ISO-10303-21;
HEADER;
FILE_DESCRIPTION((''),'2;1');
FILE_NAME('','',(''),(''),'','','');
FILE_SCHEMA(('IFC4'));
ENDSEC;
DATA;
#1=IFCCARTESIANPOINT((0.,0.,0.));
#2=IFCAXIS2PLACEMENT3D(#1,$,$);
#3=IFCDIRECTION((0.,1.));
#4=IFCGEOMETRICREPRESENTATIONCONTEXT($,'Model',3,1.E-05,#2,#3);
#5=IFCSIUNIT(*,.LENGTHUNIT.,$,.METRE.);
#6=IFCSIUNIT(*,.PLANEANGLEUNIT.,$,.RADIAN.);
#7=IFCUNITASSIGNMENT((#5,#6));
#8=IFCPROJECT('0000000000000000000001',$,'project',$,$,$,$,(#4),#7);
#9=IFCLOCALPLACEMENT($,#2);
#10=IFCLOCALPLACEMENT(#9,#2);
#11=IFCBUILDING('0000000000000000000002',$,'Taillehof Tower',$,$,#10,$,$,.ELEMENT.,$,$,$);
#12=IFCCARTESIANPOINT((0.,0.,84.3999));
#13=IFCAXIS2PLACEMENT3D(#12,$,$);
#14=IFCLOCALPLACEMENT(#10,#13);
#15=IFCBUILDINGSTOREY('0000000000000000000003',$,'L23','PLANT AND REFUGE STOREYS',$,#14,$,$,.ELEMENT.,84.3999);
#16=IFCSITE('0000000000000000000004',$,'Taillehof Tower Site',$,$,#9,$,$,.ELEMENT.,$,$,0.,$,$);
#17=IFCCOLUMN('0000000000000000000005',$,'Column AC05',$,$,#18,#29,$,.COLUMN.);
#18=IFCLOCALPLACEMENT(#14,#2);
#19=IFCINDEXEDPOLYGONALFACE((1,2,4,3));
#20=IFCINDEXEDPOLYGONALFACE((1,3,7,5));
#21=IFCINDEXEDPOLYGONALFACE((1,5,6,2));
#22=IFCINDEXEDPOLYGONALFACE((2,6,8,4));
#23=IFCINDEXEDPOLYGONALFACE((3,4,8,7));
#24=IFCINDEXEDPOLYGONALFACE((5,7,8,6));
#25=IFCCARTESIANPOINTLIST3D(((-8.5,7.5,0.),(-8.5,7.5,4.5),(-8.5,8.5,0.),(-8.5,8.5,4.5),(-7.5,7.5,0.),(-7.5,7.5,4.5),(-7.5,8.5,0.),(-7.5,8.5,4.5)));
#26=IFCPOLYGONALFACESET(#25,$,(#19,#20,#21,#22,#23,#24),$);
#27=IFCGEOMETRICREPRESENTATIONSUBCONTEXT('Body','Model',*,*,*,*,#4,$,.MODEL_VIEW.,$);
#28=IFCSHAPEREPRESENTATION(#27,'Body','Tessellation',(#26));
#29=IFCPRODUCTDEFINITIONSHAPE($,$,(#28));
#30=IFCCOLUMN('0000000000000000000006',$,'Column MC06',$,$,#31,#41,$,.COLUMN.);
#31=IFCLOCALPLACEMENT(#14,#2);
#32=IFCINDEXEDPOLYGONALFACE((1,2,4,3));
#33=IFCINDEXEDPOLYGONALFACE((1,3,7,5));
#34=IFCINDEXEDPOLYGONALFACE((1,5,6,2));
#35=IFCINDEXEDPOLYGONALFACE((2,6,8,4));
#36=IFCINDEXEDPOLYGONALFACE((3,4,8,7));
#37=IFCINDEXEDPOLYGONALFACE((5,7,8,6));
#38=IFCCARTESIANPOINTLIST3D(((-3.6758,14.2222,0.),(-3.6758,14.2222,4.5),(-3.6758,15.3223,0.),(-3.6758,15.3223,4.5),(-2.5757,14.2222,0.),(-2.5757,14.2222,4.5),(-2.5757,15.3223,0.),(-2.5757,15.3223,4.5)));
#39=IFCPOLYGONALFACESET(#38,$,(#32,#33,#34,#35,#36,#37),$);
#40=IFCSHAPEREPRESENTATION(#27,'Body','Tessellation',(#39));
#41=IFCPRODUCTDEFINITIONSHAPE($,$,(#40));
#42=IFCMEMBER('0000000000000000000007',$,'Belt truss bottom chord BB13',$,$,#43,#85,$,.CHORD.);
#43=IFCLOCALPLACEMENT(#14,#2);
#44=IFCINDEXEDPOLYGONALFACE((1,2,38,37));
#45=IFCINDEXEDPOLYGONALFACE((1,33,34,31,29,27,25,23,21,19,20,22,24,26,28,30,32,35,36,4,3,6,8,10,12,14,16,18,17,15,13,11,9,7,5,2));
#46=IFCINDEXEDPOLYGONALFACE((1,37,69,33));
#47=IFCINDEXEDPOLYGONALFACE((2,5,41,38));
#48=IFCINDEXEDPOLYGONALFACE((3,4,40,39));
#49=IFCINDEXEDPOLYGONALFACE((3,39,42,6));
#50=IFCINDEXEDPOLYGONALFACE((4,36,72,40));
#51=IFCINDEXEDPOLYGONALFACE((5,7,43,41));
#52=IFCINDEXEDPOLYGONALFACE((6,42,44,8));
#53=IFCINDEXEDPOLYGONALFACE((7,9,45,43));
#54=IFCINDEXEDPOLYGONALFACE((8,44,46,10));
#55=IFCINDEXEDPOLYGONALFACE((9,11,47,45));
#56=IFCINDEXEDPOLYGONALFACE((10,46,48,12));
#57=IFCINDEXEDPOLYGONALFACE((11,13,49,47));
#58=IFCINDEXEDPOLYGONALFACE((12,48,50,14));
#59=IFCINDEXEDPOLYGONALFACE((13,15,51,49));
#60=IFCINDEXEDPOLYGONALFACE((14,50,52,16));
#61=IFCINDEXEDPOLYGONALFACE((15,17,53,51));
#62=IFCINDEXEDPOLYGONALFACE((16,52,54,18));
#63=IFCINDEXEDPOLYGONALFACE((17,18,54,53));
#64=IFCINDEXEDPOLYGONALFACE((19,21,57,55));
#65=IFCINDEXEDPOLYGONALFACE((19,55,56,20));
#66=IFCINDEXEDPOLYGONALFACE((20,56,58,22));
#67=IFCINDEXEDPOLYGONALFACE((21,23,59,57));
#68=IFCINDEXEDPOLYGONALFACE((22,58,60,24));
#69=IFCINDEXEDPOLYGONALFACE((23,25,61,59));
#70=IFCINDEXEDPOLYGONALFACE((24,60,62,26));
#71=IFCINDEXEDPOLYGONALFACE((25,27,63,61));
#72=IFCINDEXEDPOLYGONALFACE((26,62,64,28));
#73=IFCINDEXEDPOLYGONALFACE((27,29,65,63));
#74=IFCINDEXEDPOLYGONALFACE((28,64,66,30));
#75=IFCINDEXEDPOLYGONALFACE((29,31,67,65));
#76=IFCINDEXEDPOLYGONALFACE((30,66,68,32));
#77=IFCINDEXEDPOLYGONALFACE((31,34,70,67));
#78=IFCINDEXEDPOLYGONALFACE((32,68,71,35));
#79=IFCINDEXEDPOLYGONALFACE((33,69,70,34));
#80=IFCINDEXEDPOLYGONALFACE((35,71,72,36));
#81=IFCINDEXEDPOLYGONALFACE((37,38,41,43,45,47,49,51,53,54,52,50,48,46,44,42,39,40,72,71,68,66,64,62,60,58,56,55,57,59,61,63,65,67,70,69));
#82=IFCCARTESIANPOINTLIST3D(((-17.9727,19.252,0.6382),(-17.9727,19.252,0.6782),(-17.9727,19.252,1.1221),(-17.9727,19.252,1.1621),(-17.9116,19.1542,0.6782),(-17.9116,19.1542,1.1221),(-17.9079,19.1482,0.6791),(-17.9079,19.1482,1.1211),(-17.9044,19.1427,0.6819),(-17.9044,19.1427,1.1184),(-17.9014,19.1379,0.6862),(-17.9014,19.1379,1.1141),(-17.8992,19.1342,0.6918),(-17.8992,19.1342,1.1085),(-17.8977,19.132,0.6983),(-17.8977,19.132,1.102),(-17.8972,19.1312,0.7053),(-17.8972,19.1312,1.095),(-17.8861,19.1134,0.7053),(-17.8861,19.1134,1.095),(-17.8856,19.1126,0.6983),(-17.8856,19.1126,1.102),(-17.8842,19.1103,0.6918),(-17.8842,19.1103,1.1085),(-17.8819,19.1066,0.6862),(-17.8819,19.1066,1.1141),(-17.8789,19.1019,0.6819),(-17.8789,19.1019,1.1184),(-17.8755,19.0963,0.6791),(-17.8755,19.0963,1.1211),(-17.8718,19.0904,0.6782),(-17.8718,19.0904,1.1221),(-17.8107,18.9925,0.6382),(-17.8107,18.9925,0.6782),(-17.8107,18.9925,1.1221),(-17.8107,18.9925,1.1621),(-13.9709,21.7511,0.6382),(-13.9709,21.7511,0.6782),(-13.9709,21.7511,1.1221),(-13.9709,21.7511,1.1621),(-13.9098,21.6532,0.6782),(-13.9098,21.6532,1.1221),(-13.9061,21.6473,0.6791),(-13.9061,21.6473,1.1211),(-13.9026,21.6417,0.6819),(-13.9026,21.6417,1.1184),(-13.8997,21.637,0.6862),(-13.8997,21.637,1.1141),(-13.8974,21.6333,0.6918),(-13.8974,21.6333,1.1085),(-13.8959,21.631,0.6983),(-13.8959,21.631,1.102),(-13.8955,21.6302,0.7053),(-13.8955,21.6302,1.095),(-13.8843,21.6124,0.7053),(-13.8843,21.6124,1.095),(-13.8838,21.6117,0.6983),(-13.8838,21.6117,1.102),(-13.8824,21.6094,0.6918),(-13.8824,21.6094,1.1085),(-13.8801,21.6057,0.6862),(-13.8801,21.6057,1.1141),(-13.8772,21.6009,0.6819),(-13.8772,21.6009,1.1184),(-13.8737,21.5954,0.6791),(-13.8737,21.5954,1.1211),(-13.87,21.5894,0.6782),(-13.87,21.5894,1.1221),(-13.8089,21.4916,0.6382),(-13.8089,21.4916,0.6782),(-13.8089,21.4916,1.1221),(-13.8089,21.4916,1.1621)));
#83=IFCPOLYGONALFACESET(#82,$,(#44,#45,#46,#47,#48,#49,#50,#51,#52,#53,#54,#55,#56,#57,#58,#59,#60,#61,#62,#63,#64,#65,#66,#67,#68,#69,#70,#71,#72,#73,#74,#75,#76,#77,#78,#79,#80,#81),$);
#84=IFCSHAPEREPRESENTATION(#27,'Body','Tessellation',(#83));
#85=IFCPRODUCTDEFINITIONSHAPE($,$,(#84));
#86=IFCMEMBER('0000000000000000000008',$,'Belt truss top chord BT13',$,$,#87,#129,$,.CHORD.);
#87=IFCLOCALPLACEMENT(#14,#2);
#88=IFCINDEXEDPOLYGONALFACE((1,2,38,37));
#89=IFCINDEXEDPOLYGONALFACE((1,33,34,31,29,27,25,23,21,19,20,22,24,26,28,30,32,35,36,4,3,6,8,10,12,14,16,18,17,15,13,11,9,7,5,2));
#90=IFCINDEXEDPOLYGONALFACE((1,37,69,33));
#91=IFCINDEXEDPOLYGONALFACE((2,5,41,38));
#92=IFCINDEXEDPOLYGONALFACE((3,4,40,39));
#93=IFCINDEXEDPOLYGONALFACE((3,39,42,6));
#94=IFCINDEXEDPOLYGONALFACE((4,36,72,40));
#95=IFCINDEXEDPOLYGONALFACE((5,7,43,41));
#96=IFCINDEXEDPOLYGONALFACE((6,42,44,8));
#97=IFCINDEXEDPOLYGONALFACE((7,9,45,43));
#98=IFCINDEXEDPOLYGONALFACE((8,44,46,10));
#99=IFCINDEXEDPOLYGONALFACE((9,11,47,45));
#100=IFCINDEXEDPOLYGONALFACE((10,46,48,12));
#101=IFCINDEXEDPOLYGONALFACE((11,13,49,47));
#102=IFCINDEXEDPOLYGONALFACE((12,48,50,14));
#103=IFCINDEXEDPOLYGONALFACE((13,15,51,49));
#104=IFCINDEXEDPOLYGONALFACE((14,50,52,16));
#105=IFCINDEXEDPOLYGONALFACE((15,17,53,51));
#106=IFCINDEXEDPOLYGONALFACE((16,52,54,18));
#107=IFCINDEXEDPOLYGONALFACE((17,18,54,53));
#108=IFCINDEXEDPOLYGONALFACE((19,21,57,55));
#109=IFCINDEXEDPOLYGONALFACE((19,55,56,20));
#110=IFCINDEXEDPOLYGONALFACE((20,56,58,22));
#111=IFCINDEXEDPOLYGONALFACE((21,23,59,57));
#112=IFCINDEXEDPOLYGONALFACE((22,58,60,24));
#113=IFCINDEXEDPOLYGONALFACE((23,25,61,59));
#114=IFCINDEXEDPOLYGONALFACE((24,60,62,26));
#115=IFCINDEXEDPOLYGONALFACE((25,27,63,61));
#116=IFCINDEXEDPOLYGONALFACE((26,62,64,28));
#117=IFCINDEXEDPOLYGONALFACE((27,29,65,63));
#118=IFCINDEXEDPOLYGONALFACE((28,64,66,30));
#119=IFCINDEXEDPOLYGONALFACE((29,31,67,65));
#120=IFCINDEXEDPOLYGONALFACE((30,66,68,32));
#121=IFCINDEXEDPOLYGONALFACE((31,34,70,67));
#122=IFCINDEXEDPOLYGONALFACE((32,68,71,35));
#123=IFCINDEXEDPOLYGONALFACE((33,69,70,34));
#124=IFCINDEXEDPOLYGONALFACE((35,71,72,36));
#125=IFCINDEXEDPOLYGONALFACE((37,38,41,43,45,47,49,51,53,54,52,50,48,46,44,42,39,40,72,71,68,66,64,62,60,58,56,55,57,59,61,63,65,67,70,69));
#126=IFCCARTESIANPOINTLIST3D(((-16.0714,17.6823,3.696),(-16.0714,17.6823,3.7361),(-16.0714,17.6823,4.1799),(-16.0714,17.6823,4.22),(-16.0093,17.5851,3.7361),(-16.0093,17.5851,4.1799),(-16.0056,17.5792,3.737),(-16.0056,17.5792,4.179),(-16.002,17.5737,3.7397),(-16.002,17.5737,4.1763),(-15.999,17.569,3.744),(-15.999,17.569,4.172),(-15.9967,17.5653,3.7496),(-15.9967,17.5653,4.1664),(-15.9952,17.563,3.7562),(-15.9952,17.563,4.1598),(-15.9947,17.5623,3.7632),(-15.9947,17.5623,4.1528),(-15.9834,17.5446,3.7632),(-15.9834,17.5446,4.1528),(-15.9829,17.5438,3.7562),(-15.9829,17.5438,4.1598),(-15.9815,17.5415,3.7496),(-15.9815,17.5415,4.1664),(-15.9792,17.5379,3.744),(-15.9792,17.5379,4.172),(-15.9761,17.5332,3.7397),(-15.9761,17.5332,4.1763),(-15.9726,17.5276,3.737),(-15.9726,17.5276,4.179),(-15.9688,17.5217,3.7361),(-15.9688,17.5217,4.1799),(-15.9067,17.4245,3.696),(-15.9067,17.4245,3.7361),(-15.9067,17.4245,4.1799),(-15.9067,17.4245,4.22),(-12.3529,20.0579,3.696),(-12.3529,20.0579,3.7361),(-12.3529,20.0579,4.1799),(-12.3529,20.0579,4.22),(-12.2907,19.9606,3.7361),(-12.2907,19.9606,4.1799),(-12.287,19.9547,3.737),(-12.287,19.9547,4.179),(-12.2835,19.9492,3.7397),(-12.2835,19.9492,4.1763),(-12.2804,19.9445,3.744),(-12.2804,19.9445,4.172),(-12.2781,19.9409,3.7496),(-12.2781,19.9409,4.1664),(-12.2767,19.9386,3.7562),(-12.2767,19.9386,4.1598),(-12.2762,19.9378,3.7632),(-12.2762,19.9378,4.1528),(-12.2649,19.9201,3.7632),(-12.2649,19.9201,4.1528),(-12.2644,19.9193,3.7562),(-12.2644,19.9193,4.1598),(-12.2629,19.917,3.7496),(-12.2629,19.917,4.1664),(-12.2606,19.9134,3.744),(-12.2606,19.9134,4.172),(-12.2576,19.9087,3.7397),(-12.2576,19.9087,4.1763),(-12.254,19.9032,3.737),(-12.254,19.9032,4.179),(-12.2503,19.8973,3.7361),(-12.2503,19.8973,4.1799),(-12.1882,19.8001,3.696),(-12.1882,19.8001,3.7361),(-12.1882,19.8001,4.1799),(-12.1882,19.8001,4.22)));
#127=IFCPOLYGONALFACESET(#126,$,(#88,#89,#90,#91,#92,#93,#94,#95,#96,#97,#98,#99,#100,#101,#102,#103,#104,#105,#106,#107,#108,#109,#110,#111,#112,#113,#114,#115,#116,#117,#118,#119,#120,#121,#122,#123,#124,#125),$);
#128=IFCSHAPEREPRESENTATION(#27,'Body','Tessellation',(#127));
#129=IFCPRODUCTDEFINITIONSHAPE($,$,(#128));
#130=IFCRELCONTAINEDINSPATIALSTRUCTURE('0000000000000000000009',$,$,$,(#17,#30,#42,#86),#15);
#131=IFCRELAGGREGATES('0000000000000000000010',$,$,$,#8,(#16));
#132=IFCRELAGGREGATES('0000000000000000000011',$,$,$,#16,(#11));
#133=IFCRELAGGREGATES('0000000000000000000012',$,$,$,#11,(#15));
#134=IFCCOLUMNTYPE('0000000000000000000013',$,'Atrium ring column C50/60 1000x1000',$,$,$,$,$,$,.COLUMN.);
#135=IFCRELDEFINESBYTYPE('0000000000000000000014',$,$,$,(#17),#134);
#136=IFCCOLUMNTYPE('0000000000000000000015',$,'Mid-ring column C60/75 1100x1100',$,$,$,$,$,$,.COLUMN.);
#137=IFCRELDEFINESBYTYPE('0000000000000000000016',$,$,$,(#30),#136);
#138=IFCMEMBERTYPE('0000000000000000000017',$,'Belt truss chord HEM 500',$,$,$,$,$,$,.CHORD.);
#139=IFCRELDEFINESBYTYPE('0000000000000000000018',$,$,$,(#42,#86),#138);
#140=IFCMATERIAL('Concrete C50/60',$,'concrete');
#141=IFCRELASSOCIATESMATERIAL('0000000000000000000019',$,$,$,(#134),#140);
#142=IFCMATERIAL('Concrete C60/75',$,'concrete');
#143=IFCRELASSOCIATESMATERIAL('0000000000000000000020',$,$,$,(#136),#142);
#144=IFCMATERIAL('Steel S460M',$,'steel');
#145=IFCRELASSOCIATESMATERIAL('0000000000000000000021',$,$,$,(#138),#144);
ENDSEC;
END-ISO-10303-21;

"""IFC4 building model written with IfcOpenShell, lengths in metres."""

from ifc_helpers import new_model, si_unit, direction, frame, origin, origin_2d, place, context, subcontext, project, spatial, rectangle, i_section, extrude, material, material_profile, profile_set, type_object, element, save


model = new_model("IFC4")

# Units and contexts
model_context = context("Model", 3, precision=1e-05, world=origin(), true_north=direction((0.0, 1.0)))
body_context = subcontext(model_context, "Body", "Model", "MODEL_VIEW")
ifc_project = project(units=[si_unit("LENGTHUNIT", "METRE"), si_unit("PLANEANGLEUNIT", "RADIAN")], contexts=[model_context])

# Site, building, storey
site_placement = place(None, origin())
site = spatial("IfcSite", under=ifc_project, at=site_placement, Name="Taillehof Tower Site", CompositionType="ELEMENT", RefElevation=0.0)
building_placement = place(site_placement, origin())
building = spatial("IfcBuilding", under=site, at=building_placement, Name="Taillehof Tower", CompositionType="ELEMENT")
storey_placement = place(building_placement, frame((0.0, 0.0, 84.3999)))
storey = spatial("IfcBuildingStorey", under=building, at=storey_placement, Name="L23", Description="PLANT AND REFUGE STOREYS", CompositionType="ELEMENT", Elevation=84.3999)

# Columns
ifc_material_1 = material(Name="Concrete C50/60", Category="concrete")
ifc_material_profile_1 = material_profile(ifc_material_1, rectangle(XDim=1.0, YDim=1.0, at=origin_2d()), Name="RC 1000x1000")
ifc_profile_set_1 = profile_set([ifc_material_profile_1], Name="Concrete C50/60")
column_type_1 = type_object("IfcColumnType", Name="Atrium ring column C50/60 1000x1000", PredefinedType="COLUMN", material=ifc_profile_set_1)
column_1_placement = place(storey_placement, frame((-8.0, 8.0, 0.0), z_axis=(0.0, 0.0, 1.0), x_axis=(1.0, 0.0, 0.0)))
element("IfcColumn", 1, at=column_1_placement, inside=storey, type_object=column_type_1, Name="Column AC05", PredefinedType="COLUMN", context=body_context, shape_type="SweptSolid", body=[
    extrude(rectangle(XDim=1.0, YDim=1.0, at=origin_2d()), origin(), (0.0, 0.0, 1.0), 4.5),
])
ifc_material_2 = material(Name="Concrete C60/75", Category="concrete")
ifc_material_profile_2 = material_profile(ifc_material_2, rectangle(XDim=1.1001, YDim=1.1001, at=origin_2d()), Name="RC 1100x1100")
ifc_profile_set_2 = profile_set([ifc_material_profile_2], Name="Concrete C60/75")
column_type_2 = type_object("IfcColumnType", Name="Mid-ring column C60/75 1100x1100", PredefinedType="COLUMN", material=ifc_profile_set_2)
column_2_placement = place(storey_placement, frame((-3.1257, 14.7722, 0.0), z_axis=(0.0, 0.0, 1.0), x_axis=(1.0, 0.0, 0.0)))
element("IfcColumn", 2, at=column_2_placement, inside=storey, type_object=column_type_2, Name="Column MC06", PredefinedType="COLUMN", context=body_context, shape_type="SweptSolid", body=[
    extrude(rectangle(XDim=1.1001, YDim=1.1001, at=origin_2d()), origin(), (0.0, 0.0, 1.0), 4.5),
])

# Members
ifc_material_3 = material(Name="Steel S460M", Category="steel")
ifc_material_profile_3 = material_profile(ifc_material_3, i_section(OverallWidth=0.3059, OverallDepth=0.5239, WebThickness=0.021, FlangeThickness=0.04, FilletRadius=0.0271, at=origin_2d()), Name="HEM 500")
ifc_profile_set_3 = profile_set([ifc_material_profile_3], Name="Steel S460M")
member_type_1 = type_object("IfcMemberType", Name="Belt truss chord HEM 500", PredefinedType="CHORD", material=ifc_profile_set_3)
member_1_placement = place(storey_placement, frame((-13.8899, 21.6213, 0.9001), z_axis=(-0.848193, -0.529687, 0.0), x_axis=(0.529687, -0.848193, 0.0)))
element("IfcMember", 3, at=member_1_placement, inside=storey, type_object=member_type_1, Name="Belt truss bottom chord BB13", PredefinedType="CHORD", context=body_context, shape_type="SweptSolid", body=[
    extrude(i_section(OverallWidth=0.3059, OverallDepth=0.5239, WebThickness=0.021, FlangeThickness=0.04, FilletRadius=0.0271, at=origin_2d()), origin(), (0.0, 0.0, 1.0), 4.718),
])
member_2_placement = place(storey_placement, frame((-12.2705, 19.929, 3.958), z_axis=(-0.842719, -0.538353, 0.0), x_axis=(0.538353, -0.842719, 0.0)))
element("IfcMember", 4, at=member_2_placement, inside=storey, type_object=member_type_1, Name="Belt truss top chord BT13", PredefinedType="CHORD", context=body_context, shape_type="SweptSolid", body=[
    extrude(i_section(OverallWidth=0.3059, OverallDepth=0.5239, WebThickness=0.021, FlangeThickness=0.04, FilletRadius=0.0271, at=origin_2d()), origin(), (0.0, 0.0, 1.0), 4.4126),
])

save(model, "model.ifc")
